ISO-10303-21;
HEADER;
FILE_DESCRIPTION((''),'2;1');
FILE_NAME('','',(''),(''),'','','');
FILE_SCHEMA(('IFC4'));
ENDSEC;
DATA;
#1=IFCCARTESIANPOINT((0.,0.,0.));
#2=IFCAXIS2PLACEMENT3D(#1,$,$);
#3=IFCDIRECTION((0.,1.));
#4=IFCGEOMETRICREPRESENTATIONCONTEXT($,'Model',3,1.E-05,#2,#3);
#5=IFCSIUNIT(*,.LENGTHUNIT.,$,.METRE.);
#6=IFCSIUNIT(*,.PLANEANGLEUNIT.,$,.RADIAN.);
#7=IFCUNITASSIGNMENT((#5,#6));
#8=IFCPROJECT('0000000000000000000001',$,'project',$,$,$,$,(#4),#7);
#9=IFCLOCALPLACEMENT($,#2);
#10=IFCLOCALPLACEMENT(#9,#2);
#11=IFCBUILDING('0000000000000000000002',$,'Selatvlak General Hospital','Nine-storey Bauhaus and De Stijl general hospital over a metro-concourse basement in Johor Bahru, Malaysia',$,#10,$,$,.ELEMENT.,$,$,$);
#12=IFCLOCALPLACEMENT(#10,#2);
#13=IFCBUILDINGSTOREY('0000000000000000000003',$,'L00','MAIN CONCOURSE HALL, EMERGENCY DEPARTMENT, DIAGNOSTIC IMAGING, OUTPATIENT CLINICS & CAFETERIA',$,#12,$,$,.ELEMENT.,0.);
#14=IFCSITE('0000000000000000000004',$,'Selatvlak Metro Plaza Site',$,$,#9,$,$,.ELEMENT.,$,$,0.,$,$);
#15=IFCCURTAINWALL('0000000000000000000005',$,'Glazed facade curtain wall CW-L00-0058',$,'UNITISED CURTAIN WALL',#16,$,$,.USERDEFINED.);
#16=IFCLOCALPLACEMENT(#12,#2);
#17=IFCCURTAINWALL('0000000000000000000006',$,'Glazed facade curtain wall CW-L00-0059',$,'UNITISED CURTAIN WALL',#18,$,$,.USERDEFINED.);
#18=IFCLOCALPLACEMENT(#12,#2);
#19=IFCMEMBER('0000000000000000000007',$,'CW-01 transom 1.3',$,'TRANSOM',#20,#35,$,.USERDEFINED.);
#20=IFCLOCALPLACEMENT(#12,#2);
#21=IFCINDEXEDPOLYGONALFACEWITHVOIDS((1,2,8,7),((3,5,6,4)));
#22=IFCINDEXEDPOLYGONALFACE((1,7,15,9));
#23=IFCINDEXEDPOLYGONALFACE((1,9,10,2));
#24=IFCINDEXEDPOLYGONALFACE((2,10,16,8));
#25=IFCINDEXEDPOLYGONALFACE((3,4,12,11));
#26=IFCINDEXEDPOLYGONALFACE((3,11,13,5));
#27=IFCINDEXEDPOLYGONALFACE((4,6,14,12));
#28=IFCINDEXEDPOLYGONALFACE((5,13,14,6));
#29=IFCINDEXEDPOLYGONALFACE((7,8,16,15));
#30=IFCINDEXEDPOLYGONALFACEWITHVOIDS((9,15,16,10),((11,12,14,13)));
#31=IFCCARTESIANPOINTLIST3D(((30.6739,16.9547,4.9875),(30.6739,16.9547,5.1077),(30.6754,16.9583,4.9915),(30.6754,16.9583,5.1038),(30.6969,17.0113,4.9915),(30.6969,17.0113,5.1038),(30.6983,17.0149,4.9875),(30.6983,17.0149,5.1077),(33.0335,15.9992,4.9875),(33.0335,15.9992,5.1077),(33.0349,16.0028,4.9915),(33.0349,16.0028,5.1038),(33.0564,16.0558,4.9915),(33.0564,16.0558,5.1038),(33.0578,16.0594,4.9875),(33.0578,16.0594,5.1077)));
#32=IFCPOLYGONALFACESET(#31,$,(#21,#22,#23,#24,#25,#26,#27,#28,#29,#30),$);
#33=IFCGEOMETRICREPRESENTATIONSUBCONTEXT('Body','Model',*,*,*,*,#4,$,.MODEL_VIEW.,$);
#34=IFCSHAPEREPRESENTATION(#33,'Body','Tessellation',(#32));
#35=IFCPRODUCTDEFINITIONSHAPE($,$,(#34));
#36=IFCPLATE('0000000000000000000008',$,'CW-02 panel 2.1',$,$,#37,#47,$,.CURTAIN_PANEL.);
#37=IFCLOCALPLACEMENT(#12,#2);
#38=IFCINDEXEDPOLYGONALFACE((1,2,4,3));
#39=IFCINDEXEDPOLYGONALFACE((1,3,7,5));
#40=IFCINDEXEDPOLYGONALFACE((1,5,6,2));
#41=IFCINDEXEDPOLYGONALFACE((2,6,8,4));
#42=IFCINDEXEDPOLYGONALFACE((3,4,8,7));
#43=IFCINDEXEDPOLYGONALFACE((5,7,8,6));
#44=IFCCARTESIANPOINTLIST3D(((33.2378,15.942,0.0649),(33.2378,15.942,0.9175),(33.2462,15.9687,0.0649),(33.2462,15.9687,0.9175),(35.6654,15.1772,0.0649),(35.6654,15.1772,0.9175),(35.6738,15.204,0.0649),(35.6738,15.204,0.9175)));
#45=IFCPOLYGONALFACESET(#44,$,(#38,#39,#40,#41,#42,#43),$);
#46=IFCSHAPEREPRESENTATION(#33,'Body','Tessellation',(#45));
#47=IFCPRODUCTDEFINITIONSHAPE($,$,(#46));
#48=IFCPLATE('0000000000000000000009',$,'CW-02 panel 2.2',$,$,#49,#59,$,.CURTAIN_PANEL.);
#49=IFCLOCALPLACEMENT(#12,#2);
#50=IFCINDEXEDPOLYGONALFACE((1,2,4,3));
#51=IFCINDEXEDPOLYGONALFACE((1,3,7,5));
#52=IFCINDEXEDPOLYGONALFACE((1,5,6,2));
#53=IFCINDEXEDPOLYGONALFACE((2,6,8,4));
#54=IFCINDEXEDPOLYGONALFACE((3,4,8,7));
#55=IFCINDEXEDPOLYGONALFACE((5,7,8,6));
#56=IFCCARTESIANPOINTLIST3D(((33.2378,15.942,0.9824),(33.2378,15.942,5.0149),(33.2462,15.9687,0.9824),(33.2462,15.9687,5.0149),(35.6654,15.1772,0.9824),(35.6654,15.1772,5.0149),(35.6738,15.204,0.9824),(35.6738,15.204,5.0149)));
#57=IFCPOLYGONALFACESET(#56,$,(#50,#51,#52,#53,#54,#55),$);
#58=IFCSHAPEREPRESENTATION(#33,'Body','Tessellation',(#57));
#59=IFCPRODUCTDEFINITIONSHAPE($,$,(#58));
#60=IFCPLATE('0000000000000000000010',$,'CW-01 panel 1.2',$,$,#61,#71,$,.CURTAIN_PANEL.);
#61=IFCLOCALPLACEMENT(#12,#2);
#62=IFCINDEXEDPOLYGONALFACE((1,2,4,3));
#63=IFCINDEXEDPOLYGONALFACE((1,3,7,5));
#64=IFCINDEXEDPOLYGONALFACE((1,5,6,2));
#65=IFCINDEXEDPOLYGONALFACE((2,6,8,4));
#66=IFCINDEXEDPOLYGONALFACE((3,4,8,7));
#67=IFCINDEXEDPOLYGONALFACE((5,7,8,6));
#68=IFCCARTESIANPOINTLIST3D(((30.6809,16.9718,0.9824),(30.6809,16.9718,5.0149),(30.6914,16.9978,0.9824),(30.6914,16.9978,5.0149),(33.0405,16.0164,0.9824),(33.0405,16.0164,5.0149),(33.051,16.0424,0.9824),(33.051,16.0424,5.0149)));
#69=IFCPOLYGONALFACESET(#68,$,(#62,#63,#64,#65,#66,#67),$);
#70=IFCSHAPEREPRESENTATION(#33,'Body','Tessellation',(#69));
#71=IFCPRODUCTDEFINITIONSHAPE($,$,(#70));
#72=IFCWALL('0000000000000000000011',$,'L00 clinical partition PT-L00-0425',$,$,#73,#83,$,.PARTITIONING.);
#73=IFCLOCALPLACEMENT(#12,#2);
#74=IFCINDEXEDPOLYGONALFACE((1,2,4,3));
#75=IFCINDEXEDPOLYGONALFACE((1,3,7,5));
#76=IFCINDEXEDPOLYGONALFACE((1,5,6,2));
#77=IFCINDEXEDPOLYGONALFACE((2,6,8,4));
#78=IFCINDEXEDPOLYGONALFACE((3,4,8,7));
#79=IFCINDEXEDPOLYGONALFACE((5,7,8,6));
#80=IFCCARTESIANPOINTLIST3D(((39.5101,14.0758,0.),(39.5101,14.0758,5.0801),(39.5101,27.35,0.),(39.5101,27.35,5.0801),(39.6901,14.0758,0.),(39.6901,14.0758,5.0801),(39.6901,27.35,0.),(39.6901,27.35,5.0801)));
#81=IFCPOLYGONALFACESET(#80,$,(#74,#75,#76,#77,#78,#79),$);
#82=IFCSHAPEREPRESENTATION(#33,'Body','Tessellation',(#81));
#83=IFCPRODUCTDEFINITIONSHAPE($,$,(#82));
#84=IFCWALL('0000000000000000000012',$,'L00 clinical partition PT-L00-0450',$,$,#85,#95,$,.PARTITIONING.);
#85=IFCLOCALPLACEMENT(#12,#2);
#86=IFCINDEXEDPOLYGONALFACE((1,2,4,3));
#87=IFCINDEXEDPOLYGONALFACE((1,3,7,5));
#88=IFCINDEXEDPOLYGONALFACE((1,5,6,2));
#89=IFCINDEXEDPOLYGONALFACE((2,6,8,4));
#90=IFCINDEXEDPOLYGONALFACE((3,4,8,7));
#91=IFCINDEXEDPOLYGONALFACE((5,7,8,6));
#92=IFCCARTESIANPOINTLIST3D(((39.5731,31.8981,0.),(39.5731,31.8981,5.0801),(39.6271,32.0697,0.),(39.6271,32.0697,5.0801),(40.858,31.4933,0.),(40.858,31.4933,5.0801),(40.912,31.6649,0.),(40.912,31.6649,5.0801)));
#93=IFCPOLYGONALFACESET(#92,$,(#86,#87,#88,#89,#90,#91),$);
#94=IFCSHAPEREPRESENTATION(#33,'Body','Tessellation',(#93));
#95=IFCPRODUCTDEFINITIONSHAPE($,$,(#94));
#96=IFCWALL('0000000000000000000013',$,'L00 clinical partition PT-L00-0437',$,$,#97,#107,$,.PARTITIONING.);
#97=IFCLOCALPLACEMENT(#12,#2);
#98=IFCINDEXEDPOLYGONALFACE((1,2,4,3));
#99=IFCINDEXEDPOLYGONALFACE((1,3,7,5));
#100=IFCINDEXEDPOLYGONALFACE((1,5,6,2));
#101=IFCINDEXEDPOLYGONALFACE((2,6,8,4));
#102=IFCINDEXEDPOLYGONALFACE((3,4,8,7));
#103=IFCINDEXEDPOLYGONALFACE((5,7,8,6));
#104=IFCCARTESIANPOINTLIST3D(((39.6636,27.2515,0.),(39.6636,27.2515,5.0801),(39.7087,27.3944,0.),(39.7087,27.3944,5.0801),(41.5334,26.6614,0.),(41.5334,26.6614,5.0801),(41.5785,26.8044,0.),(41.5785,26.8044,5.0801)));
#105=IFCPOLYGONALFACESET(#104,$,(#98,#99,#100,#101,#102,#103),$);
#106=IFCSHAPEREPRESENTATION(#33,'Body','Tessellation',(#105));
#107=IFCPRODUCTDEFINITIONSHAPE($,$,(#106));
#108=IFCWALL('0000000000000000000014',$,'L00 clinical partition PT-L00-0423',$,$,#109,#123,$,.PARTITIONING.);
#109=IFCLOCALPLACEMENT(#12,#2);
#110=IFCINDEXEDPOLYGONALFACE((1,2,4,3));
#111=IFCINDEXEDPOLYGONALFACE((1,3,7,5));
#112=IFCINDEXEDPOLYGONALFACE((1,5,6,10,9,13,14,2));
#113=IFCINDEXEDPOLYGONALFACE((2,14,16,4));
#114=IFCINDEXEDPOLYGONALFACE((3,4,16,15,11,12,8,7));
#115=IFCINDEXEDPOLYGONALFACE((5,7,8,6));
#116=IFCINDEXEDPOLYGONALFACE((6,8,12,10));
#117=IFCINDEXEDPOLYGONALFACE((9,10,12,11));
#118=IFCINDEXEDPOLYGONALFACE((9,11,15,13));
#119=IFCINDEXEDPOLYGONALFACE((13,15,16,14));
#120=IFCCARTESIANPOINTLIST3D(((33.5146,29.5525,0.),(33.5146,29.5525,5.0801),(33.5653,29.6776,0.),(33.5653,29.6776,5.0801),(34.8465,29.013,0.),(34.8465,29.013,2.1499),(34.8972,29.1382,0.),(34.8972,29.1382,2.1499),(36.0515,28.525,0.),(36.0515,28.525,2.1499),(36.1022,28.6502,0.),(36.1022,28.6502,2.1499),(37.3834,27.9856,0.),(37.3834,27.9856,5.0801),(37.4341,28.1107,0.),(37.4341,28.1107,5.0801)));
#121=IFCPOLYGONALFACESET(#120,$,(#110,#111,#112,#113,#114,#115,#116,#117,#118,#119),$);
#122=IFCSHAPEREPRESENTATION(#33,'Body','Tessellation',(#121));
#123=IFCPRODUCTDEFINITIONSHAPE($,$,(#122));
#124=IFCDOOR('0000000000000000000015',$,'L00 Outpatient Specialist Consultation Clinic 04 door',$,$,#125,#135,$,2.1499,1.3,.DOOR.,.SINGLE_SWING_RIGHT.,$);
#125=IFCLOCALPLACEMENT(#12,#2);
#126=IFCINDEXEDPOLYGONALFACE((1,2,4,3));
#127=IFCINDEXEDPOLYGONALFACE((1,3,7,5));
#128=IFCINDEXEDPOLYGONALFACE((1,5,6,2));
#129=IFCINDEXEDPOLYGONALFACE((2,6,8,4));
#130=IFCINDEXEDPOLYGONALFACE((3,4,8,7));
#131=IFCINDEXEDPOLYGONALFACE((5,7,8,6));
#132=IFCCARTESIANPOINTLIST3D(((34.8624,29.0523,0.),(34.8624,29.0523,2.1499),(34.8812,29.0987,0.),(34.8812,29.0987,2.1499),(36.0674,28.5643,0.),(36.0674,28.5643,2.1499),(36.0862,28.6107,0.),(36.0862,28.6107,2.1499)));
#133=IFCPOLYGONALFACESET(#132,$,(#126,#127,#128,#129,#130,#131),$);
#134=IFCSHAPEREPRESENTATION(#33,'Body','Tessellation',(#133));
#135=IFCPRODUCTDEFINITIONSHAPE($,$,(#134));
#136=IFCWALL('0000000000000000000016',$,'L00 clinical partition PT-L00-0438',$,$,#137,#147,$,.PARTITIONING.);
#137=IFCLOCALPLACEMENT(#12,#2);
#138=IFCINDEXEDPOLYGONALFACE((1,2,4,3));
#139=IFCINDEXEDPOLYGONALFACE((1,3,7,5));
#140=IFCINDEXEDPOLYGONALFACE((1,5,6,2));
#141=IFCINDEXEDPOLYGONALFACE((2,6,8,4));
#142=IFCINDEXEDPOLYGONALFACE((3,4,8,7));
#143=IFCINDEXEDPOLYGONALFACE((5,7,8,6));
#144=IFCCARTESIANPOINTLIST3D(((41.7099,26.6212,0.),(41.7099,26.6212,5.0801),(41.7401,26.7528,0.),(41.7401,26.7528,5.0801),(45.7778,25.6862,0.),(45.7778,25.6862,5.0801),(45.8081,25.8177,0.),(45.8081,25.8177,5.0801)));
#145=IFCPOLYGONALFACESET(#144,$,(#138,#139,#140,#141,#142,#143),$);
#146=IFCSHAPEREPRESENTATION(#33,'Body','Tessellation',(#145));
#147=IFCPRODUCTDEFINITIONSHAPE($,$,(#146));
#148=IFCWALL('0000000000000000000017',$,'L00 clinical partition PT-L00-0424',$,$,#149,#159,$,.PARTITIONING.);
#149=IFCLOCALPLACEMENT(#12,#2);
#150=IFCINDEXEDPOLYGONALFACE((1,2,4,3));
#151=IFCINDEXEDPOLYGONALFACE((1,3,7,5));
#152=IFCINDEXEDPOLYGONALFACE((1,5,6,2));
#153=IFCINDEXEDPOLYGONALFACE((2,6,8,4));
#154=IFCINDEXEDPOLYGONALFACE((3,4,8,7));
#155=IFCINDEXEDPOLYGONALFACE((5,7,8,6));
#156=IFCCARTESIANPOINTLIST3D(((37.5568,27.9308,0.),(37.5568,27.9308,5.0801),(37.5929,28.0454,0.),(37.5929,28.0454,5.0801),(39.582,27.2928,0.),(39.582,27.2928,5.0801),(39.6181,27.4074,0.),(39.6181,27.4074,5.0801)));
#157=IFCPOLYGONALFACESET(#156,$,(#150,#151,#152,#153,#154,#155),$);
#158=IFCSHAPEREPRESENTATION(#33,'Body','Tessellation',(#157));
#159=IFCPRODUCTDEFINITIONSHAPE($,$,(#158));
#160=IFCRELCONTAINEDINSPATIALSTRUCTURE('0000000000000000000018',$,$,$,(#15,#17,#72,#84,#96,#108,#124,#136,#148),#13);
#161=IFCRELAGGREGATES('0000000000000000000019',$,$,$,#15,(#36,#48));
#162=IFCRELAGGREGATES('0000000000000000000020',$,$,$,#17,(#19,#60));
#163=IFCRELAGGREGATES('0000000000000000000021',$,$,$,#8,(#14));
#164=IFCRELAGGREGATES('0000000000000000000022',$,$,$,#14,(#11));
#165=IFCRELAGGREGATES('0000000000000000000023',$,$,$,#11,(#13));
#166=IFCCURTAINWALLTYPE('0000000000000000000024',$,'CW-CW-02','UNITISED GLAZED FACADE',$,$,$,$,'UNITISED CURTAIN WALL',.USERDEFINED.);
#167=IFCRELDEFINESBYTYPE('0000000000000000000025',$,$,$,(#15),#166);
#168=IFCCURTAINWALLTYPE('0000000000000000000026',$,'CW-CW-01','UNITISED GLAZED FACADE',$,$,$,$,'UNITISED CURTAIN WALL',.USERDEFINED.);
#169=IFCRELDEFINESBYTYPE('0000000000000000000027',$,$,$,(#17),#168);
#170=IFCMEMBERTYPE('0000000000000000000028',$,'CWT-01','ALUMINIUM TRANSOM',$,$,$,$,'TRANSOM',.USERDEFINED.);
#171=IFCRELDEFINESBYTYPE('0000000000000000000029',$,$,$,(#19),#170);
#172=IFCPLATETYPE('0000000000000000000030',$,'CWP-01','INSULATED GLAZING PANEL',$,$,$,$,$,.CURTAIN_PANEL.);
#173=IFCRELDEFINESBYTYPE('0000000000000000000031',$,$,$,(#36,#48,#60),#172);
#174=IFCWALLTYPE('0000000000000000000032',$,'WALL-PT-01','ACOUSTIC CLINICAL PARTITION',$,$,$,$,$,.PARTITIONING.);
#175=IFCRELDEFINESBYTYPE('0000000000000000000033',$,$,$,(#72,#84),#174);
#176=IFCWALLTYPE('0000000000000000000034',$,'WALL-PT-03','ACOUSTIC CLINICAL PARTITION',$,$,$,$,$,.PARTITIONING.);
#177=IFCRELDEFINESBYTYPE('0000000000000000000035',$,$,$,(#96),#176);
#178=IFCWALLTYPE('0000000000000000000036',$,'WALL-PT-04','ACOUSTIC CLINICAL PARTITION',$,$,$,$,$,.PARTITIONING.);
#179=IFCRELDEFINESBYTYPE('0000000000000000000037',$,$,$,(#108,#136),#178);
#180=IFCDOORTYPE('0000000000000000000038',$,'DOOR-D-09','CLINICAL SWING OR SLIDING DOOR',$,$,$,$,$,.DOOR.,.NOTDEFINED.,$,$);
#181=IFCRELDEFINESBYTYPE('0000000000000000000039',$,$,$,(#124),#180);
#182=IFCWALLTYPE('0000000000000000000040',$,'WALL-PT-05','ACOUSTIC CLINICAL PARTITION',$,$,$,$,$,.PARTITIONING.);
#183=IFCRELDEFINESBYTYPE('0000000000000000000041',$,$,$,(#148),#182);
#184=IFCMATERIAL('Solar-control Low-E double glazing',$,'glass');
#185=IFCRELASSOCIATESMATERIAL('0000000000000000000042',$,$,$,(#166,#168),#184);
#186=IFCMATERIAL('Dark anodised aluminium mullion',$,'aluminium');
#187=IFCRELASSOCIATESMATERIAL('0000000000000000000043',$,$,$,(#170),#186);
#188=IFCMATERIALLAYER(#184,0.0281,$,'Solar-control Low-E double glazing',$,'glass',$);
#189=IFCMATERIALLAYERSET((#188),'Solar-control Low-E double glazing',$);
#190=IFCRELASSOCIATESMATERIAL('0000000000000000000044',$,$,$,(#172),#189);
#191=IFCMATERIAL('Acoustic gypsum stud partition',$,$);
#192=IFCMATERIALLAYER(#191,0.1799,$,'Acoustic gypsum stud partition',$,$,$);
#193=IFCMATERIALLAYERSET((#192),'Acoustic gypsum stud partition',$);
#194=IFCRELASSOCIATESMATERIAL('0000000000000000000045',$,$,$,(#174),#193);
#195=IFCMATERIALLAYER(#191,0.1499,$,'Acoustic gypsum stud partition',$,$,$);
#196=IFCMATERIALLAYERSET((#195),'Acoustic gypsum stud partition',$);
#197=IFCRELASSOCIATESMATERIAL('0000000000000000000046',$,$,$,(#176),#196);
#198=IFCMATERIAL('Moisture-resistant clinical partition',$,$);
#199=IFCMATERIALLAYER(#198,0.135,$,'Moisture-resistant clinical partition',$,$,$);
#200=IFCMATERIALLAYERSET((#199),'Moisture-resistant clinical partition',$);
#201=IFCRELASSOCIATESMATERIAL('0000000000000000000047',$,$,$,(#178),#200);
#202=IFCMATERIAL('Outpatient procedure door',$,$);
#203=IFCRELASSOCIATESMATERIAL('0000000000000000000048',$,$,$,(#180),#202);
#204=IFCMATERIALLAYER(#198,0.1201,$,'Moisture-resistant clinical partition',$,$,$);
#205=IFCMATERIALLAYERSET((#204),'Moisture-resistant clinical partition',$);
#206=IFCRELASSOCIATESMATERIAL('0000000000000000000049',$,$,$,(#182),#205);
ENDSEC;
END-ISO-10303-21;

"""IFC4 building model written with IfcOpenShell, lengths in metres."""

from ifc_helpers import new_model, si_unit, direction, frame, frame_2d, origin, origin_2d, place, context, subcontext, project, spatial, rectangle, hollow_rectangle, extrude, material, layer, layer_set, material_profile, profile_set, type_object, element, fill, aggregate, save


model = new_model("IFC4")

# Units and contexts
model_context = context("Model", 3, precision=1e-05, world=origin(), true_north=direction((0.0, 1.0)))
body_context = subcontext(model_context, "Body", "Model", "MODEL_VIEW")
ifc_project = project(units=[si_unit("LENGTHUNIT", "METRE"), si_unit("PLANEANGLEUNIT", "RADIAN")], contexts=[model_context])

# Site, building, storey
site_placement = place(None, origin())
site = spatial("IfcSite", under=ifc_project, at=site_placement, Name="Selatvlak Metro Plaza Site", CompositionType="ELEMENT", RefElevation=0.0)
building_placement = place(site_placement, origin())
building = spatial("IfcBuilding", under=site, at=building_placement, Name="Selatvlak General Hospital", Description="Nine-storey Bauhaus and De Stijl general hospital over a metro-concourse basement in Johor Bahru, Malaysia", CompositionType="ELEMENT")
storey_placement = place(building_placement, origin())
storey = spatial("IfcBuildingStorey", under=building, at=storey_placement, Name="L00", Description="MAIN CONCOURSE HALL, EMERGENCY DEPARTMENT, DIAGNOSTIC IMAGING, OUTPATIENT CLINICS & CAFETERIA", CompositionType="ELEMENT", Elevation=0.0)

# Curtain walls
ifc_material_1 = material(Name="Solar-control Low-E double glazing", Category="glass")
curtain_wall_type_1 = type_object("IfcCurtainWallType", Name="CW-CW-02", Description="UNITISED GLAZED FACADE", ElementType="UNITISED CURTAIN WALL", PredefinedType="USERDEFINED", material=ifc_material_1)
curtain_wall_1_placement = place(storey_placement, origin())
curtain_wall_1 = element("IfcCurtainWall", 1, at=curtain_wall_1_placement, inside=storey, type_object=curtain_wall_type_1, Name="Glazed facade curtain wall CW-L00-0058", ObjectType="UNITISED CURTAIN WALL", PredefinedType="USERDEFINED")
ifc_material_2 = material(Name="Dark anodised aluminium mullion", Category="aluminium")
curtain_wall_type_2 = type_object("IfcCurtainWallType", Name="CW-CW-01", Description="UNITISED GLAZED FACADE", ElementType="UNITISED CURTAIN WALL", PredefinedType="USERDEFINED", material=ifc_material_1)
curtain_wall_2_placement = place(storey_placement, origin())
curtain_wall_2 = element("IfcCurtainWall", 2, at=curtain_wall_2_placement, inside=storey, type_object=curtain_wall_type_2, Name="Glazed facade curtain wall CW-L00-0059", ObjectType="UNITISED CURTAIN WALL", PredefinedType="USERDEFINED")

# Member
ifc_material_profile_1 = material_profile(ifc_material_2, hollow_rectangle(XDim=0.0649, YDim=0.1201, WallThickness=0.0039, at=origin_2d()), Name="AL-TRN 65x120x4")
ifc_profile_set_1 = profile_set([ifc_material_profile_1], Name="Dark anodised aluminium mullion")
member_type_1 = type_object("IfcMemberType", Name="CWT-01", Description="ALUMINIUM TRANSOM", ElementType="TRANSOM", PredefinedType="USERDEFINED", material=ifc_profile_set_1)
member_1_placement = place(storey_placement, frame((33.0457, 16.0293, 5.0476), z_axis=(-0.926881, 0.375356, 0.0), x_axis=(-0.375356, -0.926881, 0.0)))
member_1 = element("IfcMember", 3, at=member_1_placement, type_object=member_type_1, Name="CW-01 transom 1.3", ObjectType="TRANSOM", PredefinedType="USERDEFINED", context=body_context, shape_type="SweptSolid", body=[
    extrude(hollow_rectangle(XDim=0.0649, YDim=0.1201, WallThickness=0.0039, at=origin_2d()), origin(), (0.0, 0.0, 1.0), 2.5457),
])

# Plates
ifc_layer_1 = layer(ifc_material_1, 0.0281, Name="Solar-control Low-E double glazing", Category="glass")
ifc_layer_set_1 = layer_set([ifc_layer_1], Name="Solar-control Low-E double glazing")
plate_type = type_object("IfcPlateType", Name="CWP-01", Description="INSULATED GLAZING PANEL", PredefinedType="CURTAIN_PANEL", material=ifc_layer_set_1)
plate_1_placement = place(storey_placement, frame((34.4558, 15.573, 0.0649), z_axis=(0.0, 0.0, 1.0), x_axis=(-0.953794, 0.300461, 0.0)))
plate_1 = element("IfcPlate", 4, at=plate_1_placement, type_object=plate_type, Name="CW-02 panel 2.1", PredefinedType="CURTAIN_PANEL", context=body_context, shape_type="SweptSolid", body=[
    extrude(rectangle(XDim=2.5452, YDim=0.0281, at=origin_2d()), origin(), (0.0, 0.0, 1.0), 0.8525),
])
plate_2_placement = place(storey_placement, frame((34.4558, 15.573, 0.9824), z_axis=(0.0, 0.0, 1.0), x_axis=(-0.953794, 0.300461, 0.0)))
plate_2 = element("IfcPlate", 5, at=plate_2_placement, type_object=plate_type, Name="CW-02 panel 2.2", PredefinedType="CURTAIN_PANEL", context=body_context, shape_type="SweptSolid", body=[
    extrude(rectangle(XDim=2.5452, YDim=0.0281, at=origin_2d()), origin(), (0.0, 0.0, 1.0), 4.0325),
])
aggregate(curtain_wall_1, [plate_1, plate_2])
plate_3_placement = place(storey_placement, frame((31.866, 16.5071, 0.9824), z_axis=(0.0, 0.0, 1.0), x_axis=(-0.926903, 0.375301, 0.0)))
plate_3 = element("IfcPlate", 6, at=plate_3_placement, type_object=plate_type, Name="CW-01 panel 1.2", PredefinedType="CURTAIN_PANEL", context=body_context, shape_type="SweptSolid", body=[
    extrude(rectangle(XDim=2.5457, YDim=0.0281, at=origin_2d()), origin(), (0.0, 0.0, 1.0), 4.0325),
])
aggregate(curtain_wall_2, [member_1, plate_3])

# Walls
ifc_material_3 = material(Name="Acoustic gypsum stud partition")
ifc_layer_2 = layer(ifc_material_3, 0.1799, Name="Acoustic gypsum stud partition")
ifc_layer_set_2 = layer_set([ifc_layer_2], Name="Acoustic gypsum stud partition")
wall_type_1 = type_object("IfcWallType", Name="WALL-PT-01", Description="ACOUSTIC CLINICAL PARTITION", PredefinedType="PARTITIONING", material=ifc_layer_set_2)
wall_1_placement = place(storey_placement, frame((39.6001, 27.3501, 0.0), z_axis=(0.0, 0.0, 1.0), x_axis=(0.0, -1.0, 0.0)))
element("IfcWall", 7, at=wall_1_placement, inside=storey, type_object=wall_type_1, Name="L00 clinical partition PT-L00-0425", PredefinedType="PARTITIONING", context=body_context, shape_type="SweptSolid", body=[
    extrude(rectangle(XDim=13.2742, YDim=0.1799, at=frame_2d((6.6372, 0.0))), origin(), (0.0, 0.0, 1.0), 5.0801),
])
wall_2_placement = place(storey_placement, frame((40.885, 31.5791, 0.0), z_axis=(0.0, 0.0, 1.0), x_axis=(-0.953791, 0.300472, 0.0)))
element("IfcWall", 8, at=wall_2_placement, inside=storey, type_object=wall_type_1, Name="L00 clinical partition PT-L00-0450", PredefinedType="PARTITIONING", context=body_context, shape_type="SweptSolid", body=[
    extrude(rectangle(XDim=1.3472, YDim=0.1799, at=frame_2d((0.6736, 0.0))), origin(), (0.0, 0.0, 1.0), 5.0801),
])
ifc_layer_3 = layer(ifc_material_3, 0.1499, Name="Acoustic gypsum stud partition")
ifc_layer_set_3 = layer_set([ifc_layer_3], Name="Acoustic gypsum stud partition")
wall_type_2 = type_object("IfcWallType", Name="WALL-PT-03", Description="ACOUSTIC CLINICAL PARTITION", PredefinedType="PARTITIONING", material=ifc_layer_set_3)
wall_3_placement = place(storey_placement, frame((39.686, 27.323, 0.0), z_axis=(0.0, 0.0, 1.0), x_axis=(0.953641, -0.300947, 0.0)))
element("IfcWall", 9, at=wall_3_placement, inside=storey, type_object=wall_type_2, Name="L00 clinical partition PT-L00-0437", PredefinedType="PARTITIONING", context=body_context, shape_type="SweptSolid", body=[
    extrude(rectangle(XDim=1.9607, YDim=0.1499, at=frame_2d((0.9805, 0.0))), origin(), (0.0, 0.0, 1.0), 5.0801),
])

# Wall, opening, door
ifc_material_4 = material(Name="Moisture-resistant clinical partition")
ifc_layer_4 = layer(ifc_material_4, 0.135, Name="Moisture-resistant clinical partition")
ifc_layer_set_4 = layer_set([ifc_layer_4], Name="Moisture-resistant clinical partition")
wall_type_3 = type_object("IfcWallType", Name="WALL-PT-04", Description="ACOUSTIC CLINICAL PARTITION", PredefinedType="PARTITIONING", material=ifc_layer_set_4)
wall_4_placement = place(storey_placement, frame((33.54, 29.615, 0.0), z_axis=(0.0, 0.0, 1.0), x_axis=(0.926871, -0.375381, 0.0)))
wall_4 = element("IfcWall", 10, at=wall_4_placement, inside=storey, type_object=wall_type_3, Name="L00 clinical partition PT-L00-0423", PredefinedType="PARTITIONING", context=body_context, shape_type="SweptSolid", body=[
    extrude(rectangle(XDim=4.1741, YDim=0.135, at=frame_2d((2.0869, 0.0))), origin(), (0.0, 0.0, 1.0), 5.0801),
])
opening_placement = place(wall_4_placement, frame((1.437, 0.0, 0.0)))
opening = element("IfcOpeningElement", 11, at=opening_placement, cuts=wall_4, PredefinedType="OPENING", context=body_context, shape_type="SweptSolid", body=[
    extrude(rectangle(XDim=1.3, YDim=2.1499, at=frame_2d((0.6499, 1.075))), frame((0.0, 0.0774, 0.0), z_axis=(0.0, -1.0, 0.0), x_axis=(1.0, 0.0, 0.0)), (0.0, 0.0, 1.0), 0.155),
])
ifc_material_5 = material(Name="Outpatient procedure door")
door_type = type_object("IfcDoorType", Name="DOOR-D-09", Description="CLINICAL SWING OR SLIDING DOOR", OperationType="NOTDEFINED", PredefinedType="DOOR", material=ifc_material_5)
door_placement = place(opening_placement, origin())
door = element("IfcDoor", 12, at=door_placement, inside=storey, type_object=door_type, Name="L00 Outpatient Specialist Consultation Clinic 04 door", OperationType="SINGLE_SWING_RIGHT", OverallHeight=2.1499, OverallWidth=1.3, PredefinedType="DOOR", context=body_context, shape_type="SweptSolid", body=[
    extrude(rectangle(XDim=1.3, YDim=2.1499, at=frame_2d((0.6499, 1.075))), frame((0.0, 0.0249, 0.0), z_axis=(0.0, -1.0, 0.0), x_axis=(1.0, 0.0, 0.0)), (0.0, 0.0, 1.0), 0.05),
])
fill(opening, door)

# Walls
wall_5_placement = place(storey_placement, frame((41.7251, 26.687, 0.0), z_axis=(0.0, 0.0, 1.0), x_axis=(0.974584, -0.224022, 0.0)))
element("IfcWall", 13, at=wall_5_placement, inside=storey, type_object=wall_type_3, Name="L00 clinical partition PT-L00-0438", PredefinedType="PARTITIONING", context=body_context, shape_type="SweptSolid", body=[
    extrude(rectangle(XDim=4.1741, YDim=0.135, at=frame_2d((2.0869, 0.0))), origin(), (0.0, 0.0, 1.0), 5.0801),
])
ifc_layer_5 = layer(ifc_material_4, 0.1201, Name="Moisture-resistant clinical partition")
ifc_layer_set_5 = layer_set([ifc_layer_5], Name="Moisture-resistant clinical partition")
wall_type_4 = type_object("IfcWallType", Name="WALL-PT-05", Description="ACOUSTIC CLINICAL PARTITION", PredefinedType="PARTITIONING", material=ifc_layer_set_5)
wall_6_placement = place(storey_placement, frame((37.575, 27.988, 0.0), z_axis=(0.0, 0.0, 1.0), x_axis=(0.953796, -0.300454, 0.0)))
element("IfcWall", 14, at=wall_6_placement, inside=storey, type_object=wall_type_4, Name="L00 clinical partition PT-L00-0424", PredefinedType="PARTITIONING", context=body_context, shape_type="SweptSolid", body=[
    extrude(rectangle(XDim=2.1233, YDim=0.1201, at=frame_2d((1.0615, 0.0))), origin(), (0.0, 0.0, 1.0), 5.0801),
])

save(model, "model.ifc")
